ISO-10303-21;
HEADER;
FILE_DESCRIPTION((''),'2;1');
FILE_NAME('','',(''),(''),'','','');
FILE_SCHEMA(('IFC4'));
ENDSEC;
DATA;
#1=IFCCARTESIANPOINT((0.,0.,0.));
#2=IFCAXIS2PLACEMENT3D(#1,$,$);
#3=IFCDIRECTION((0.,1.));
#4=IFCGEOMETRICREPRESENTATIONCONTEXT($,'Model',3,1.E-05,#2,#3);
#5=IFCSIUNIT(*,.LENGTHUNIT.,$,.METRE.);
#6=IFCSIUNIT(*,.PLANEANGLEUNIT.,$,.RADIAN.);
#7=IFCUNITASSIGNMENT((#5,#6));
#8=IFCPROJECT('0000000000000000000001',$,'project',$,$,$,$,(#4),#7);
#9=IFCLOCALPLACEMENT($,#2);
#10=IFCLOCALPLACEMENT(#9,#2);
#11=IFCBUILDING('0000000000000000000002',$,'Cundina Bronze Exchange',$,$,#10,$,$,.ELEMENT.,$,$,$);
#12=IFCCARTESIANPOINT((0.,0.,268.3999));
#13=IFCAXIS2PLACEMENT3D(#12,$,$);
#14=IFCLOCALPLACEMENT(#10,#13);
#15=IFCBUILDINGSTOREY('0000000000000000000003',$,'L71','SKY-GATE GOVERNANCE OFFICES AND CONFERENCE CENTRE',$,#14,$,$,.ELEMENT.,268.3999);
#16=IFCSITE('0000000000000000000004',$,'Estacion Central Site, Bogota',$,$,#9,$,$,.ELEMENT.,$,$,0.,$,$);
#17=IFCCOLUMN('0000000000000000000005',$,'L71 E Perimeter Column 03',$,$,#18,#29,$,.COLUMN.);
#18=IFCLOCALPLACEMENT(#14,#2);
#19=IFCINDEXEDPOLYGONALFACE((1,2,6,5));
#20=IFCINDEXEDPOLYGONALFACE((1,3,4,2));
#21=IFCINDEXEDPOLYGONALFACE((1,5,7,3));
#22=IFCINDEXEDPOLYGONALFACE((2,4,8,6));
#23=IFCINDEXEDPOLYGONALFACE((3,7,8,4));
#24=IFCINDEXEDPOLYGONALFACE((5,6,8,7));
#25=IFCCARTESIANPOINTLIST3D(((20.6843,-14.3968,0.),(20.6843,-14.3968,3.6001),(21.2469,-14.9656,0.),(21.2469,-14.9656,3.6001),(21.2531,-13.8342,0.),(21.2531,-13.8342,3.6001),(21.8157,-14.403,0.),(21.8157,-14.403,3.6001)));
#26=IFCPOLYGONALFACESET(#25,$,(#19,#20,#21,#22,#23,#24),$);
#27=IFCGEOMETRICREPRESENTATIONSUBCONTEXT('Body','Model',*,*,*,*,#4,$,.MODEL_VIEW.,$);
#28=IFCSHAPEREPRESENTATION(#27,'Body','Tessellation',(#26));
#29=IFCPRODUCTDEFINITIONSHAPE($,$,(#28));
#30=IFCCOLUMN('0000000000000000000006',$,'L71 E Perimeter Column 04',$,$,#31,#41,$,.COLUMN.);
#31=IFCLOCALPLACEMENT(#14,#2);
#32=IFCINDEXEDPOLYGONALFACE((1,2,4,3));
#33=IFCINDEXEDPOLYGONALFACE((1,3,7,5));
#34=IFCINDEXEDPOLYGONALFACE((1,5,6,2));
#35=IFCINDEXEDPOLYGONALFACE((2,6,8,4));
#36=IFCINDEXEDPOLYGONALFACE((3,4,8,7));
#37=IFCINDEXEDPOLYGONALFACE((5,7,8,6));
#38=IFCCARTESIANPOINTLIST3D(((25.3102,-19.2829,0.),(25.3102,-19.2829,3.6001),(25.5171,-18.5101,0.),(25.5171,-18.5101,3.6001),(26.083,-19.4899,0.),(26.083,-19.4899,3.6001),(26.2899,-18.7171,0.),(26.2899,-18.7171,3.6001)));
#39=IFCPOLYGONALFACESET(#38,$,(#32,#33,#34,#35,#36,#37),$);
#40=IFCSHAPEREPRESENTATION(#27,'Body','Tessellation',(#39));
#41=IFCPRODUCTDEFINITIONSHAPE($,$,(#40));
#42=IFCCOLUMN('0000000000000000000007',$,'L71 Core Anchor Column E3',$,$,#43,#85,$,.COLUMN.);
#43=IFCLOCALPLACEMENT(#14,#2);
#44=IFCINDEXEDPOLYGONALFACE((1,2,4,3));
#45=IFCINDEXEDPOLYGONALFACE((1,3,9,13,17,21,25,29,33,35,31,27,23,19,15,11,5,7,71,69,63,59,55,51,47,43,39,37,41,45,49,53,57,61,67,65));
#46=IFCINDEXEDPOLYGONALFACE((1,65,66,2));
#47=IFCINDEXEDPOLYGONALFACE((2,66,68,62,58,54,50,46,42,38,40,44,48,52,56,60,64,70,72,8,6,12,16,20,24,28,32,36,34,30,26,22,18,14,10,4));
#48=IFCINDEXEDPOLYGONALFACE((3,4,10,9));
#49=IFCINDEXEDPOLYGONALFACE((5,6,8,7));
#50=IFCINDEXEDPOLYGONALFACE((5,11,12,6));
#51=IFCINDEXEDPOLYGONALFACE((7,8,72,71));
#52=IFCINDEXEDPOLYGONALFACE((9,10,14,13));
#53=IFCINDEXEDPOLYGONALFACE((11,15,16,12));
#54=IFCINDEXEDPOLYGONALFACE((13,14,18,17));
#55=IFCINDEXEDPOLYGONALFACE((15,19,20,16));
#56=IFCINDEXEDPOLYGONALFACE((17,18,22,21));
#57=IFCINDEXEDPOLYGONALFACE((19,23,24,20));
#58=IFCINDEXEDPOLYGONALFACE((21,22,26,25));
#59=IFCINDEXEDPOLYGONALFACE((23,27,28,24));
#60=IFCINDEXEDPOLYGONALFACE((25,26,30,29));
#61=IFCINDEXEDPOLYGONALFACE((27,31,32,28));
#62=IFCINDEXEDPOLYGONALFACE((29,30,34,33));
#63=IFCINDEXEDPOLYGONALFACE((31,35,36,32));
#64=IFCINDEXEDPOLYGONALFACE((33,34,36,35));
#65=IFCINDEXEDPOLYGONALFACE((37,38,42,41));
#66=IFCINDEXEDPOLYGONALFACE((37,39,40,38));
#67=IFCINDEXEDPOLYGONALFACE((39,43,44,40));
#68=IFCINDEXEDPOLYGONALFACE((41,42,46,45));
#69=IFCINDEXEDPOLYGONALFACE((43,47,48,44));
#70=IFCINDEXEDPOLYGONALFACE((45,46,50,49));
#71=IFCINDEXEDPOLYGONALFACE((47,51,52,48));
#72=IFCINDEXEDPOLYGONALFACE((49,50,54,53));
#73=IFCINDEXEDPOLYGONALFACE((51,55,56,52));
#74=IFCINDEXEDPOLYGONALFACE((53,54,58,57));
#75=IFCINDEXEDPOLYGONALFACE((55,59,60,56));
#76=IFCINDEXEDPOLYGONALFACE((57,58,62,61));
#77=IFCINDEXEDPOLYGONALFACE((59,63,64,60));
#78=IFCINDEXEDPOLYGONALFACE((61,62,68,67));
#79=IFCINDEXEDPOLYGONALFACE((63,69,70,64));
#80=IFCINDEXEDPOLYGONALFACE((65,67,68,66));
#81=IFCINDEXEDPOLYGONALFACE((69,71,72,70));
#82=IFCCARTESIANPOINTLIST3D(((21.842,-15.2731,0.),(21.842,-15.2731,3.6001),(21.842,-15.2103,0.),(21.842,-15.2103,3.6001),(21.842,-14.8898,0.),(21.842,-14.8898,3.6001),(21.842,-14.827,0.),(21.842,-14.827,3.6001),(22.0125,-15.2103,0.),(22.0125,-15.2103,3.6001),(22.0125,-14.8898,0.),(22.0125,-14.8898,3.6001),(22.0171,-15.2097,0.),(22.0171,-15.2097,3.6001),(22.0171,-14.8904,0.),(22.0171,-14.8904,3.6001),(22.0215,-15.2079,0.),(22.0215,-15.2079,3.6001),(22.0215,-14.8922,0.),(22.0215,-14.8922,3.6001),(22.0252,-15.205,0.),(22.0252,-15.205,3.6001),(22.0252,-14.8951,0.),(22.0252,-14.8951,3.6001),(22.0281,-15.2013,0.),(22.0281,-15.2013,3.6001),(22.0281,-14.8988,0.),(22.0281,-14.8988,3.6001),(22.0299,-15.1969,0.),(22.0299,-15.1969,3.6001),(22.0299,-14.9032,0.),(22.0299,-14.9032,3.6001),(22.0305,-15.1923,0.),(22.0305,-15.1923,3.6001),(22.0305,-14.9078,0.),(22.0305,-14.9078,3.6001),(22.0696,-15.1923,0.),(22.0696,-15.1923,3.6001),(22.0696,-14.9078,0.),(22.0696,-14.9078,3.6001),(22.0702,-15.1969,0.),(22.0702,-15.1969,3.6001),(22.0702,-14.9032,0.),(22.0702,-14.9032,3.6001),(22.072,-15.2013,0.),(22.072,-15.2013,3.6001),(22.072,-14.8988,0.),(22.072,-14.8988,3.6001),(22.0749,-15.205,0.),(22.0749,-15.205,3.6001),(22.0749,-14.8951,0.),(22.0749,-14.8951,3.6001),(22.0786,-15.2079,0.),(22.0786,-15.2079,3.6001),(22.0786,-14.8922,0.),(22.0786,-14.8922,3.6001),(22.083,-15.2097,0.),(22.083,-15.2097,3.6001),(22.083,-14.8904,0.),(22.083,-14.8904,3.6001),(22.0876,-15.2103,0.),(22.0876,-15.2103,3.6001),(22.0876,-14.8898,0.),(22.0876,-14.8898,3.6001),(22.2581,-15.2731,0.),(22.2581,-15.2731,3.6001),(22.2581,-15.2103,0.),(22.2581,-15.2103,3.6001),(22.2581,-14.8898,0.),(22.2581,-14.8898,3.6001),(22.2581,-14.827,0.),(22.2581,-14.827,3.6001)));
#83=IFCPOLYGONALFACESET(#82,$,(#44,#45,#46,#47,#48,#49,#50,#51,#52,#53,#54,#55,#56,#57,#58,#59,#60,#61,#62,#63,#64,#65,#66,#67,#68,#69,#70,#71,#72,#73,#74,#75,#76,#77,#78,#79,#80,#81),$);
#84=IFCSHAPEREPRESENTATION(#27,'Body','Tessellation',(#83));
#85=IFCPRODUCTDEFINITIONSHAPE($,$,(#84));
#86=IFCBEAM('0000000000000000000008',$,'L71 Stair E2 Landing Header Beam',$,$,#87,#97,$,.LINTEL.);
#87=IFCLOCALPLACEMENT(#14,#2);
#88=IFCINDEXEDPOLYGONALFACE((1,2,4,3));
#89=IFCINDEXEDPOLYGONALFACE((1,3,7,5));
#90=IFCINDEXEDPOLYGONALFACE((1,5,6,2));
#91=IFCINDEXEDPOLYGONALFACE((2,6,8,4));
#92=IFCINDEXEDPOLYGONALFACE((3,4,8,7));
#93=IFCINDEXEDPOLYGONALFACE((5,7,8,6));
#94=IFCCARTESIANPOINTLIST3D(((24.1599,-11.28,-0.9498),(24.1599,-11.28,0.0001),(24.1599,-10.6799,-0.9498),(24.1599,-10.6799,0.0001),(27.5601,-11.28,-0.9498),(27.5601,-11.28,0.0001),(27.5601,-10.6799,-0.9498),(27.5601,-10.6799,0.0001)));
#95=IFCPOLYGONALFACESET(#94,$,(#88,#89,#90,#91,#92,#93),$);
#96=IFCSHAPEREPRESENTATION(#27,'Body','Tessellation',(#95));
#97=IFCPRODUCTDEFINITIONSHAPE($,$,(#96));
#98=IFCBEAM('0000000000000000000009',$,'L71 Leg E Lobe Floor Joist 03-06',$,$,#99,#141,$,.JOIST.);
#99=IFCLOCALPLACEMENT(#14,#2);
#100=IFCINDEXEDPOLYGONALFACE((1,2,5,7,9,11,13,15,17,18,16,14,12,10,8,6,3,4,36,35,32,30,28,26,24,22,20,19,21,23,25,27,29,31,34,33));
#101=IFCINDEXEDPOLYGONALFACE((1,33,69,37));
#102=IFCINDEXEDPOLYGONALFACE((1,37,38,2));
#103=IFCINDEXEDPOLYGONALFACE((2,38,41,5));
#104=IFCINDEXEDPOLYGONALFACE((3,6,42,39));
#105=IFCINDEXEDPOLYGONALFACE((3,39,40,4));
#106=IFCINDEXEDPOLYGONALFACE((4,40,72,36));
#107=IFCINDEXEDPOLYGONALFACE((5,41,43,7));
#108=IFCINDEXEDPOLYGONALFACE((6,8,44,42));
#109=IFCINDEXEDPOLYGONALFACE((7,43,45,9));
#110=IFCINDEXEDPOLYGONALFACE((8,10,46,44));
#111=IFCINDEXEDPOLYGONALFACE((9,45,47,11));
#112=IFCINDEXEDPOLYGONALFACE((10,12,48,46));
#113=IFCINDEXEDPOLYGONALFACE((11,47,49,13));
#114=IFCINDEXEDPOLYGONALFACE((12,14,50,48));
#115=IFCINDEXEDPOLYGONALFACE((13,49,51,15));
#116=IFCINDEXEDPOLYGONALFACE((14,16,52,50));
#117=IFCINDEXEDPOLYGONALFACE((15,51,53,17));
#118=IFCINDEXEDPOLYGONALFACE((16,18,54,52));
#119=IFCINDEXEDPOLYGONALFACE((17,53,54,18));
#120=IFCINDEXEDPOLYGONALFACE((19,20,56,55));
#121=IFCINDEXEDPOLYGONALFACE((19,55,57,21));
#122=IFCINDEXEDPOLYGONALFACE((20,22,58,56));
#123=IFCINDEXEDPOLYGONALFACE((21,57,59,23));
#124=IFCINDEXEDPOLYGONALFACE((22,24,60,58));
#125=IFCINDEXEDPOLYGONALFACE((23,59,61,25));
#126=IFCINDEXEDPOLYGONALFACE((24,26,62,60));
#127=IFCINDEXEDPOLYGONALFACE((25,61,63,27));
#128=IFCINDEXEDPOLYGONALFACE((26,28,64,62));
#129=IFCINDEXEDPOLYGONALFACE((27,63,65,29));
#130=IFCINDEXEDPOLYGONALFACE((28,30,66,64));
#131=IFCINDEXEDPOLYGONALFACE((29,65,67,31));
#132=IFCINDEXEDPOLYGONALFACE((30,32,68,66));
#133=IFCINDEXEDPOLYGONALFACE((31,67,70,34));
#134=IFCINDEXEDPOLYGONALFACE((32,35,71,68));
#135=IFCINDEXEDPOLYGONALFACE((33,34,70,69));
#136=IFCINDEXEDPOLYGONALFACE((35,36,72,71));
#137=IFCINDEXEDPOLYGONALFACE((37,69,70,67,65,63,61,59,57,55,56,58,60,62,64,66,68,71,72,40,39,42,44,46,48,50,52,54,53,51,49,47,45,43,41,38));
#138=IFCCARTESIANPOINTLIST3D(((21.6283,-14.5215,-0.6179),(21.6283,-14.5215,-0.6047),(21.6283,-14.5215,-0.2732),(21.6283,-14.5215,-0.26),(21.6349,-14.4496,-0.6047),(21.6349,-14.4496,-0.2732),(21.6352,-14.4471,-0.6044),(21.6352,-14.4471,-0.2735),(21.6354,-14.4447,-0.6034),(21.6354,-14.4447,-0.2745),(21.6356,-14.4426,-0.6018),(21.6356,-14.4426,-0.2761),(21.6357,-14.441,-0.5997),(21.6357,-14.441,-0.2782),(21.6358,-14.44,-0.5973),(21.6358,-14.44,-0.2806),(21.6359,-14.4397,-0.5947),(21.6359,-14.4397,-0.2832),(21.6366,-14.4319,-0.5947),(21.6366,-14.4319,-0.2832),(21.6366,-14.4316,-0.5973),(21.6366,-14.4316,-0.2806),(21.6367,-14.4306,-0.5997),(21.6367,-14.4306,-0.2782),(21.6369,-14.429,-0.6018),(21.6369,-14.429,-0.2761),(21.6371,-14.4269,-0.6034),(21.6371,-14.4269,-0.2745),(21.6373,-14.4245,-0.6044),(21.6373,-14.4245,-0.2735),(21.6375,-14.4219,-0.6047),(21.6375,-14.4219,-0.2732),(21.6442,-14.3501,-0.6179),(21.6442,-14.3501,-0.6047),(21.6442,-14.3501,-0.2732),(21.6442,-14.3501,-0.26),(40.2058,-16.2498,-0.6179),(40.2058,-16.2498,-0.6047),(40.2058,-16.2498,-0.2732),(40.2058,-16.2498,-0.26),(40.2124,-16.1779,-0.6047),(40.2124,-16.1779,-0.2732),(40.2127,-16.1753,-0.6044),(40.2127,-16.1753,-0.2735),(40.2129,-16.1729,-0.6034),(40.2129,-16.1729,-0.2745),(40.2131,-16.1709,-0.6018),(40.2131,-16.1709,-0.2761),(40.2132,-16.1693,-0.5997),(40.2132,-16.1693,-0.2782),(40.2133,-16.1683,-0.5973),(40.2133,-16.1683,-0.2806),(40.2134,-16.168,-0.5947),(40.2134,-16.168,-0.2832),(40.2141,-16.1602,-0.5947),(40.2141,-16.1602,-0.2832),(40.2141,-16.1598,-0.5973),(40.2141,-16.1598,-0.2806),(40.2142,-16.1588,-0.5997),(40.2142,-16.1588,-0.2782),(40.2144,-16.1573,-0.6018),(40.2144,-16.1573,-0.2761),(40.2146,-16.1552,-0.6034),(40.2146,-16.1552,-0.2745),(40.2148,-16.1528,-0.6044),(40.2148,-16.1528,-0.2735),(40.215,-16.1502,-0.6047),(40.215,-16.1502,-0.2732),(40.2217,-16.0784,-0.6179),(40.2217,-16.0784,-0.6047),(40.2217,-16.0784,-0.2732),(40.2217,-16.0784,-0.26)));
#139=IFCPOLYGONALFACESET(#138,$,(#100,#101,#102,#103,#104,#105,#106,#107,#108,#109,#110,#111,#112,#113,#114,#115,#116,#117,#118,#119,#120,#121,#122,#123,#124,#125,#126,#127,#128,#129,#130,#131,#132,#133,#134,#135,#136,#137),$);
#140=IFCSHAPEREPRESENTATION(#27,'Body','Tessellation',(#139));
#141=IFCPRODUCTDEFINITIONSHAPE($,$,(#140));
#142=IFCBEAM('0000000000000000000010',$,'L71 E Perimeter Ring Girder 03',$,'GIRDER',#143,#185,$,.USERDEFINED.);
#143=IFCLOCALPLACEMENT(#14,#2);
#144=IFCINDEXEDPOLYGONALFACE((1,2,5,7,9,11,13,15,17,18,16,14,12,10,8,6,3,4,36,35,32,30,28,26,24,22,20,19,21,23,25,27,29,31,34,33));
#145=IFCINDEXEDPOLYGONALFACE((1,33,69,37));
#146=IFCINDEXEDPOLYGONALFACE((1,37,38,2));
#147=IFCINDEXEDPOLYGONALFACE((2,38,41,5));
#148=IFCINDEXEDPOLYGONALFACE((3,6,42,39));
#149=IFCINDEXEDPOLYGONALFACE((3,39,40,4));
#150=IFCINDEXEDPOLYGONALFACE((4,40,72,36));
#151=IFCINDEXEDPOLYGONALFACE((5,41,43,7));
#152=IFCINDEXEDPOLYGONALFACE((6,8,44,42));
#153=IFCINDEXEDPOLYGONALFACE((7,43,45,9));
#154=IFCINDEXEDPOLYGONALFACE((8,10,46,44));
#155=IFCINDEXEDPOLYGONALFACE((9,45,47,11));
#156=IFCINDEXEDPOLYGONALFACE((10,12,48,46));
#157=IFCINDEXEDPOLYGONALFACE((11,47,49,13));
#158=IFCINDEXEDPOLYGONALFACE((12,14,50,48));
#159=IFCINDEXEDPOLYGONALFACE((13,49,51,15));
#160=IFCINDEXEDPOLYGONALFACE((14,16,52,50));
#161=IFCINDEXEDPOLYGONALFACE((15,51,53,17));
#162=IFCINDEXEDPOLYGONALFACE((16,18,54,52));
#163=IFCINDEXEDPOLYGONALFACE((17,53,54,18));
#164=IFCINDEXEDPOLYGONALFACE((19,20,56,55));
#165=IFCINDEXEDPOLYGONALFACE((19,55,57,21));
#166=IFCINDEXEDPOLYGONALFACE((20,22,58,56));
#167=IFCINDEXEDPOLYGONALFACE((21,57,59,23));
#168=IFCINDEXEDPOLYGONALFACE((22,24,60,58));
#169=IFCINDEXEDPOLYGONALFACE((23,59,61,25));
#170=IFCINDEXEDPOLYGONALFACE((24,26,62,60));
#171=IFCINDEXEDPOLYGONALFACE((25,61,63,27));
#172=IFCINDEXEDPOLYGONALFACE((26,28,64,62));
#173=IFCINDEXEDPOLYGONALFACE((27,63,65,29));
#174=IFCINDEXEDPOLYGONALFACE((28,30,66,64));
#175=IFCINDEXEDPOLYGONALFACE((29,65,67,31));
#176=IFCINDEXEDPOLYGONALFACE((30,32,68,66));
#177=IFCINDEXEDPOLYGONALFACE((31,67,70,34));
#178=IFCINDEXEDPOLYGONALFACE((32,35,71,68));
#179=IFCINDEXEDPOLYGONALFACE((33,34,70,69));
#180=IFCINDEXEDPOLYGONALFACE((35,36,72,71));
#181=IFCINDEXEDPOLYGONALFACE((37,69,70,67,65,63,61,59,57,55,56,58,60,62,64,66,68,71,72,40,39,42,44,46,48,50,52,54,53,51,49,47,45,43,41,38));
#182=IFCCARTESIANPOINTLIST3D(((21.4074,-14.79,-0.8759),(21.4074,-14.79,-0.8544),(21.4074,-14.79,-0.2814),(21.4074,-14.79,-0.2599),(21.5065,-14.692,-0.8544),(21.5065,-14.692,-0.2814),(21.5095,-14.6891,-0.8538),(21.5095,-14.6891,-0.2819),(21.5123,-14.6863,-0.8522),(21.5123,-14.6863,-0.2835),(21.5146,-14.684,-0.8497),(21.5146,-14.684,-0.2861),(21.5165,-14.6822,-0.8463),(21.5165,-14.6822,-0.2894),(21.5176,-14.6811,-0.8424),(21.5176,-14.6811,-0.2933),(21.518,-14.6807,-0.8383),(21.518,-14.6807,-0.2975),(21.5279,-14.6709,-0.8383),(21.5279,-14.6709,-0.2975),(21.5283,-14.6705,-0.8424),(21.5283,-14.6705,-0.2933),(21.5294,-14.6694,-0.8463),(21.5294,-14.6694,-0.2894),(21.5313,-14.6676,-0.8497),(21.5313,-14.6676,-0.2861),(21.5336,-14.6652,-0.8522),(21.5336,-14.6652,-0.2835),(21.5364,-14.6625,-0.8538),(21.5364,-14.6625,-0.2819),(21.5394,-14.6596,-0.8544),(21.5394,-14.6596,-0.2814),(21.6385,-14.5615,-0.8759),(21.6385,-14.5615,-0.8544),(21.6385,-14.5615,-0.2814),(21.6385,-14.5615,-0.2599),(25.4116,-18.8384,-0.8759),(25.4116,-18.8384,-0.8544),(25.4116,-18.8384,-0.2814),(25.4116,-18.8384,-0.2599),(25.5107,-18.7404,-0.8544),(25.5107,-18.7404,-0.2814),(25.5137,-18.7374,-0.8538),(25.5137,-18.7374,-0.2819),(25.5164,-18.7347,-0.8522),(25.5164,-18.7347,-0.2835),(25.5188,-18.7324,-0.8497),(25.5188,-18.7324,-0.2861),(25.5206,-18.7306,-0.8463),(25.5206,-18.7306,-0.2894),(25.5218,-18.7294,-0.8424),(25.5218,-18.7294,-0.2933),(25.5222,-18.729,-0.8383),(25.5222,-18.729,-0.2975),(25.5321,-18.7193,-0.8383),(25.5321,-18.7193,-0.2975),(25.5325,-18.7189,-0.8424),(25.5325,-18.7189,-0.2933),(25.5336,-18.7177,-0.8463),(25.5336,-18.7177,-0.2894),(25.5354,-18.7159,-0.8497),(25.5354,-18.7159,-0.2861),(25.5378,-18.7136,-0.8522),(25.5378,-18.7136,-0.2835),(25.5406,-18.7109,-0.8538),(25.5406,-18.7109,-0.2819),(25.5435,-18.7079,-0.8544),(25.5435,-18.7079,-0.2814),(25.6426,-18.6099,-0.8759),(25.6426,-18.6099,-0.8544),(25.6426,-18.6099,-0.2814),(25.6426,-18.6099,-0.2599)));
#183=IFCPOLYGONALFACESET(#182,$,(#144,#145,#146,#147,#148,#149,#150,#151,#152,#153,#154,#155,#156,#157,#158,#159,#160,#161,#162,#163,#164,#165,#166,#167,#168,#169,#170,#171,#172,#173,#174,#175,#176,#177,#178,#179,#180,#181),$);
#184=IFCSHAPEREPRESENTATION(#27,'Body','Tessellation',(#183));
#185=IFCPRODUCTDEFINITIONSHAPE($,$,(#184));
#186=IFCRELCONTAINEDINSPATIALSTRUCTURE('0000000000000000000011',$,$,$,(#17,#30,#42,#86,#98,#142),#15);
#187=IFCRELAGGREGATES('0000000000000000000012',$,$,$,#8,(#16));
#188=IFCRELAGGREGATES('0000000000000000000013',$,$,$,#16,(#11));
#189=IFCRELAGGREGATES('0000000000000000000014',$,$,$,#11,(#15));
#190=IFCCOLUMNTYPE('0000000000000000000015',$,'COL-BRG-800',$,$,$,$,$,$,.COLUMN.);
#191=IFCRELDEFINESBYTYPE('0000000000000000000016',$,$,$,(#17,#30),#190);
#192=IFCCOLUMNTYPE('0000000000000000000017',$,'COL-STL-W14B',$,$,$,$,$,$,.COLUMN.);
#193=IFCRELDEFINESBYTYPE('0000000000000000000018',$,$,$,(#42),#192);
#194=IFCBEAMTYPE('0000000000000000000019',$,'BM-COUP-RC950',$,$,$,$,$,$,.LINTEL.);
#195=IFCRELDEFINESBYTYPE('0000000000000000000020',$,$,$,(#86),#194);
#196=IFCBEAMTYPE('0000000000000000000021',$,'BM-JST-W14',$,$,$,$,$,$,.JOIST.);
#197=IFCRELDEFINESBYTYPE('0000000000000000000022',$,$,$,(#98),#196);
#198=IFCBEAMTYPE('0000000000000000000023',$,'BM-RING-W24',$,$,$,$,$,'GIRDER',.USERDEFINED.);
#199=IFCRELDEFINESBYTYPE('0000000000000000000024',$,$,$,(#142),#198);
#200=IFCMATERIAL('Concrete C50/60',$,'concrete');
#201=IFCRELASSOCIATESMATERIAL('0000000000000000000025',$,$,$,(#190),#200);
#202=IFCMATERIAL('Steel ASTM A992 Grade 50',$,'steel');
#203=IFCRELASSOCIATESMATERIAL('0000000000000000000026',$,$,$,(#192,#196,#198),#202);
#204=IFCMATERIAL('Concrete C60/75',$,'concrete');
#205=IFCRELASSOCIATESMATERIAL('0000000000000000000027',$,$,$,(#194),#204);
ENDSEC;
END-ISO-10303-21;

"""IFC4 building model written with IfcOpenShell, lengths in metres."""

from ifc_helpers import new_model, si_unit, direction, frame, origin, origin_2d, place, context, subcontext, project, spatial, rectangle, i_section, extrude, material, material_profile, profile_set, type_object, element, save


model = new_model("IFC4")

# Units and contexts
model_context = context("Model", 3, precision=1e-05, world=origin(), true_north=direction((0.0, 1.0)))
body_context = subcontext(model_context, "Body", "Model", "MODEL_VIEW")
ifc_project = project(units=[si_unit("LENGTHUNIT", "METRE"), si_unit("PLANEANGLEUNIT", "RADIAN")], contexts=[model_context])

# Site, building, storey
site_placement = place(None, origin())
site = spatial("IfcSite", under=ifc_project, at=site_placement, Name="Estacion Central Site, Bogota", CompositionType="ELEMENT", RefElevation=0.0)
building_placement = place(site_placement, origin())
building = spatial("IfcBuilding", under=site, at=building_placement, Name="Cundina Bronze Exchange", CompositionType="ELEMENT")
storey_placement = place(building_placement, frame((0.0, 0.0, 268.3999)))
storey = spatial("IfcBuildingStorey", under=building, at=storey_placement, Name="L71", Description="SKY-GATE GOVERNANCE OFFICES AND CONFERENCE CENTRE", CompositionType="ELEMENT", Elevation=268.3999)

# Columns
ifc_material_1 = material(Name="Concrete C50/60", Category="concrete")
ifc_material_profile_1 = material_profile(ifc_material_1, rectangle(XDim=0.8, YDim=0.8, at=origin_2d()), Name="RC800X800", Category="concrete")
ifc_profile_set_1 = profile_set([ifc_material_profile_1], Name="Concrete C50/60")
column_type_1 = type_object("IfcColumnType", Name="COL-BRG-800", PredefinedType="COLUMN", material=ifc_profile_set_1)
for number, where, z_axis, x_axis, name in (
    (1, (21.25, -14.3999, 0.0), (0.0, 0.0, 1.0), (0.703271, -0.710922, 0.0), "L71 E Perimeter Column 03"),
    (2, (25.8, -19.0, 0.0), (0.0, 0.0, 1.0), (0.965971, -0.25865, 0.0), "L71 E Perimeter Column 04"),
):
    element("IfcColumn", number, at=place(storey_placement, frame(where, z_axis=z_axis, x_axis=x_axis)), inside=storey, type_object=column_type_1, Name=name, PredefinedType="COLUMN", context=body_context, shape_type="SweptSolid", body=[
        extrude(rectangle(XDim=0.8, YDim=0.8, at=origin_2d()), origin(), (0.0, 0.0, 1.0), 3.6001),
    ])
ifc_material_2 = material(Name="Steel ASTM A992 Grade 50", Category="steel")
ifc_material_profile_2 = material_profile(ifc_material_2, i_section(OverallWidth=0.416, OverallDepth=0.446, WebThickness=0.0391, FlangeThickness=0.0627, FilletRadius=0.0181, at=origin_2d()), Name="W14X342", Category="steel")
ifc_profile_set_2 = profile_set([ifc_material_profile_2], Name="Steel ASTM A992 Grade 50")
column_type_2 = type_object("IfcColumnType", Name="COL-STL-W14B", PredefinedType="COLUMN", material=ifc_profile_set_2)
column_placement = place(storey_placement, frame((22.05, -15.05, 0.0), z_axis=(0.0, 0.0, 1.0), x_axis=(1.0, 0.0, 0.0)))
element("IfcColumn", 3, at=column_placement, inside=storey, type_object=column_type_2, Name="L71 Core Anchor Column E3", PredefinedType="COLUMN", context=body_context, shape_type="SweptSolid", body=[
    extrude(i_section(OverallWidth=0.416, OverallDepth=0.446, WebThickness=0.0391, FlangeThickness=0.0627, FilletRadius=0.0181, at=origin_2d()), origin(), (0.0, 0.0, 1.0), 3.6001),
])

# Beams
ifc_material_3 = material(Name="Concrete C60/75", Category="concrete")
ifc_material_profile_3 = material_profile(ifc_material_3, rectangle(XDim=0.6001, YDim=0.95, at=origin_2d()), Name="RC600X950", Category="concrete")
ifc_profile_set_3 = profile_set([ifc_material_profile_3], Name="Concrete C60/75")
beam_type_1 = type_object("IfcBeamType", Name="BM-COUP-RC950", PredefinedType="LINTEL", material=ifc_profile_set_3)
beam_1_placement = place(storey_placement, frame((24.1599, -10.98, -0.4749), z_axis=(1.0, 0.0, 0.0), x_axis=(0.0, 1.0, 0.0)))
element("IfcBeam", 4, at=beam_1_placement, inside=storey, type_object=beam_type_1, Name="L71 Stair E2 Landing Header Beam", PredefinedType="LINTEL", context=body_context, shape_type="SweptSolid", body=[
    extrude(rectangle(XDim=0.6001, YDim=0.95, at=origin_2d()), origin(), (0.0, 0.0, 1.0), 3.4001),
])
ifc_material_profile_4 = material_profile(ifc_material_2, i_section(OverallWidth=0.1721, OverallDepth=0.3579, WebThickness=0.0078, FlangeThickness=0.0132, FilletRadius=0.01, at=origin_2d()), Name="W14X38", Category="steel")
ifc_profile_set_4 = profile_set([ifc_material_profile_4], Name="Steel ASTM A992 Grade 50")
beam_type_2 = type_object("IfcBeamType", Name="BM-JST-W14", PredefinedType="JOIST", material=ifc_profile_set_4)
beam_2_placement = place(storey_placement, frame((21.6362, -14.4358, -0.439), z_axis=(0.995701, -0.092631, 0.0), x_axis=(0.092631, 0.995701, 0.0)))
element("IfcBeam", 5, at=beam_2_placement, inside=storey, type_object=beam_type_2, Name="L71 Leg E Lobe Floor Joist 03-06", PredefinedType="JOIST", context=body_context, shape_type="SweptSolid", body=[
    extrude(i_section(OverallWidth=0.1721, OverallDepth=0.3579, WebThickness=0.0078, FlangeThickness=0.0132, FilletRadius=0.01, at=origin_2d()), origin(), (0.0, 0.0, 1.0), 18.6577),
])
ifc_material_profile_5 = material_profile(ifc_material_2, i_section(OverallWidth=0.325, OverallDepth=0.616, WebThickness=0.0139, FlangeThickness=0.0215, FilletRadius=0.0161, at=origin_2d()), Name="W24X117", Category="steel")
ifc_profile_set_5 = profile_set([ifc_material_profile_5], Name="Steel ASTM A992 Grade 50")
beam_type_3 = type_object("IfcBeamType", Name="BM-RING-W24", ElementType="GIRDER", PredefinedType="USERDEFINED", material=ifc_profile_set_5)
beam_3_placement = place(storey_placement, frame((21.5229, -14.6758, -0.5679), z_axis=(0.703216, -0.710976, 0.0), x_axis=(0.710976, 0.703216, 0.0)))
element("IfcBeam", 6, at=beam_3_placement, inside=storey, type_object=beam_type_3, Name="L71 E Perimeter Ring Girder 03", ObjectType="GIRDER", PredefinedType="USERDEFINED", context=body_context, shape_type="SweptSolid", body=[
    extrude(i_section(OverallWidth=0.325, OverallDepth=0.616, WebThickness=0.0139, FlangeThickness=0.0215, FilletRadius=0.0161, at=origin_2d()), origin(), (0.0, 0.0, 1.0), 5.6941),
])

save(model, "model.ifc")
